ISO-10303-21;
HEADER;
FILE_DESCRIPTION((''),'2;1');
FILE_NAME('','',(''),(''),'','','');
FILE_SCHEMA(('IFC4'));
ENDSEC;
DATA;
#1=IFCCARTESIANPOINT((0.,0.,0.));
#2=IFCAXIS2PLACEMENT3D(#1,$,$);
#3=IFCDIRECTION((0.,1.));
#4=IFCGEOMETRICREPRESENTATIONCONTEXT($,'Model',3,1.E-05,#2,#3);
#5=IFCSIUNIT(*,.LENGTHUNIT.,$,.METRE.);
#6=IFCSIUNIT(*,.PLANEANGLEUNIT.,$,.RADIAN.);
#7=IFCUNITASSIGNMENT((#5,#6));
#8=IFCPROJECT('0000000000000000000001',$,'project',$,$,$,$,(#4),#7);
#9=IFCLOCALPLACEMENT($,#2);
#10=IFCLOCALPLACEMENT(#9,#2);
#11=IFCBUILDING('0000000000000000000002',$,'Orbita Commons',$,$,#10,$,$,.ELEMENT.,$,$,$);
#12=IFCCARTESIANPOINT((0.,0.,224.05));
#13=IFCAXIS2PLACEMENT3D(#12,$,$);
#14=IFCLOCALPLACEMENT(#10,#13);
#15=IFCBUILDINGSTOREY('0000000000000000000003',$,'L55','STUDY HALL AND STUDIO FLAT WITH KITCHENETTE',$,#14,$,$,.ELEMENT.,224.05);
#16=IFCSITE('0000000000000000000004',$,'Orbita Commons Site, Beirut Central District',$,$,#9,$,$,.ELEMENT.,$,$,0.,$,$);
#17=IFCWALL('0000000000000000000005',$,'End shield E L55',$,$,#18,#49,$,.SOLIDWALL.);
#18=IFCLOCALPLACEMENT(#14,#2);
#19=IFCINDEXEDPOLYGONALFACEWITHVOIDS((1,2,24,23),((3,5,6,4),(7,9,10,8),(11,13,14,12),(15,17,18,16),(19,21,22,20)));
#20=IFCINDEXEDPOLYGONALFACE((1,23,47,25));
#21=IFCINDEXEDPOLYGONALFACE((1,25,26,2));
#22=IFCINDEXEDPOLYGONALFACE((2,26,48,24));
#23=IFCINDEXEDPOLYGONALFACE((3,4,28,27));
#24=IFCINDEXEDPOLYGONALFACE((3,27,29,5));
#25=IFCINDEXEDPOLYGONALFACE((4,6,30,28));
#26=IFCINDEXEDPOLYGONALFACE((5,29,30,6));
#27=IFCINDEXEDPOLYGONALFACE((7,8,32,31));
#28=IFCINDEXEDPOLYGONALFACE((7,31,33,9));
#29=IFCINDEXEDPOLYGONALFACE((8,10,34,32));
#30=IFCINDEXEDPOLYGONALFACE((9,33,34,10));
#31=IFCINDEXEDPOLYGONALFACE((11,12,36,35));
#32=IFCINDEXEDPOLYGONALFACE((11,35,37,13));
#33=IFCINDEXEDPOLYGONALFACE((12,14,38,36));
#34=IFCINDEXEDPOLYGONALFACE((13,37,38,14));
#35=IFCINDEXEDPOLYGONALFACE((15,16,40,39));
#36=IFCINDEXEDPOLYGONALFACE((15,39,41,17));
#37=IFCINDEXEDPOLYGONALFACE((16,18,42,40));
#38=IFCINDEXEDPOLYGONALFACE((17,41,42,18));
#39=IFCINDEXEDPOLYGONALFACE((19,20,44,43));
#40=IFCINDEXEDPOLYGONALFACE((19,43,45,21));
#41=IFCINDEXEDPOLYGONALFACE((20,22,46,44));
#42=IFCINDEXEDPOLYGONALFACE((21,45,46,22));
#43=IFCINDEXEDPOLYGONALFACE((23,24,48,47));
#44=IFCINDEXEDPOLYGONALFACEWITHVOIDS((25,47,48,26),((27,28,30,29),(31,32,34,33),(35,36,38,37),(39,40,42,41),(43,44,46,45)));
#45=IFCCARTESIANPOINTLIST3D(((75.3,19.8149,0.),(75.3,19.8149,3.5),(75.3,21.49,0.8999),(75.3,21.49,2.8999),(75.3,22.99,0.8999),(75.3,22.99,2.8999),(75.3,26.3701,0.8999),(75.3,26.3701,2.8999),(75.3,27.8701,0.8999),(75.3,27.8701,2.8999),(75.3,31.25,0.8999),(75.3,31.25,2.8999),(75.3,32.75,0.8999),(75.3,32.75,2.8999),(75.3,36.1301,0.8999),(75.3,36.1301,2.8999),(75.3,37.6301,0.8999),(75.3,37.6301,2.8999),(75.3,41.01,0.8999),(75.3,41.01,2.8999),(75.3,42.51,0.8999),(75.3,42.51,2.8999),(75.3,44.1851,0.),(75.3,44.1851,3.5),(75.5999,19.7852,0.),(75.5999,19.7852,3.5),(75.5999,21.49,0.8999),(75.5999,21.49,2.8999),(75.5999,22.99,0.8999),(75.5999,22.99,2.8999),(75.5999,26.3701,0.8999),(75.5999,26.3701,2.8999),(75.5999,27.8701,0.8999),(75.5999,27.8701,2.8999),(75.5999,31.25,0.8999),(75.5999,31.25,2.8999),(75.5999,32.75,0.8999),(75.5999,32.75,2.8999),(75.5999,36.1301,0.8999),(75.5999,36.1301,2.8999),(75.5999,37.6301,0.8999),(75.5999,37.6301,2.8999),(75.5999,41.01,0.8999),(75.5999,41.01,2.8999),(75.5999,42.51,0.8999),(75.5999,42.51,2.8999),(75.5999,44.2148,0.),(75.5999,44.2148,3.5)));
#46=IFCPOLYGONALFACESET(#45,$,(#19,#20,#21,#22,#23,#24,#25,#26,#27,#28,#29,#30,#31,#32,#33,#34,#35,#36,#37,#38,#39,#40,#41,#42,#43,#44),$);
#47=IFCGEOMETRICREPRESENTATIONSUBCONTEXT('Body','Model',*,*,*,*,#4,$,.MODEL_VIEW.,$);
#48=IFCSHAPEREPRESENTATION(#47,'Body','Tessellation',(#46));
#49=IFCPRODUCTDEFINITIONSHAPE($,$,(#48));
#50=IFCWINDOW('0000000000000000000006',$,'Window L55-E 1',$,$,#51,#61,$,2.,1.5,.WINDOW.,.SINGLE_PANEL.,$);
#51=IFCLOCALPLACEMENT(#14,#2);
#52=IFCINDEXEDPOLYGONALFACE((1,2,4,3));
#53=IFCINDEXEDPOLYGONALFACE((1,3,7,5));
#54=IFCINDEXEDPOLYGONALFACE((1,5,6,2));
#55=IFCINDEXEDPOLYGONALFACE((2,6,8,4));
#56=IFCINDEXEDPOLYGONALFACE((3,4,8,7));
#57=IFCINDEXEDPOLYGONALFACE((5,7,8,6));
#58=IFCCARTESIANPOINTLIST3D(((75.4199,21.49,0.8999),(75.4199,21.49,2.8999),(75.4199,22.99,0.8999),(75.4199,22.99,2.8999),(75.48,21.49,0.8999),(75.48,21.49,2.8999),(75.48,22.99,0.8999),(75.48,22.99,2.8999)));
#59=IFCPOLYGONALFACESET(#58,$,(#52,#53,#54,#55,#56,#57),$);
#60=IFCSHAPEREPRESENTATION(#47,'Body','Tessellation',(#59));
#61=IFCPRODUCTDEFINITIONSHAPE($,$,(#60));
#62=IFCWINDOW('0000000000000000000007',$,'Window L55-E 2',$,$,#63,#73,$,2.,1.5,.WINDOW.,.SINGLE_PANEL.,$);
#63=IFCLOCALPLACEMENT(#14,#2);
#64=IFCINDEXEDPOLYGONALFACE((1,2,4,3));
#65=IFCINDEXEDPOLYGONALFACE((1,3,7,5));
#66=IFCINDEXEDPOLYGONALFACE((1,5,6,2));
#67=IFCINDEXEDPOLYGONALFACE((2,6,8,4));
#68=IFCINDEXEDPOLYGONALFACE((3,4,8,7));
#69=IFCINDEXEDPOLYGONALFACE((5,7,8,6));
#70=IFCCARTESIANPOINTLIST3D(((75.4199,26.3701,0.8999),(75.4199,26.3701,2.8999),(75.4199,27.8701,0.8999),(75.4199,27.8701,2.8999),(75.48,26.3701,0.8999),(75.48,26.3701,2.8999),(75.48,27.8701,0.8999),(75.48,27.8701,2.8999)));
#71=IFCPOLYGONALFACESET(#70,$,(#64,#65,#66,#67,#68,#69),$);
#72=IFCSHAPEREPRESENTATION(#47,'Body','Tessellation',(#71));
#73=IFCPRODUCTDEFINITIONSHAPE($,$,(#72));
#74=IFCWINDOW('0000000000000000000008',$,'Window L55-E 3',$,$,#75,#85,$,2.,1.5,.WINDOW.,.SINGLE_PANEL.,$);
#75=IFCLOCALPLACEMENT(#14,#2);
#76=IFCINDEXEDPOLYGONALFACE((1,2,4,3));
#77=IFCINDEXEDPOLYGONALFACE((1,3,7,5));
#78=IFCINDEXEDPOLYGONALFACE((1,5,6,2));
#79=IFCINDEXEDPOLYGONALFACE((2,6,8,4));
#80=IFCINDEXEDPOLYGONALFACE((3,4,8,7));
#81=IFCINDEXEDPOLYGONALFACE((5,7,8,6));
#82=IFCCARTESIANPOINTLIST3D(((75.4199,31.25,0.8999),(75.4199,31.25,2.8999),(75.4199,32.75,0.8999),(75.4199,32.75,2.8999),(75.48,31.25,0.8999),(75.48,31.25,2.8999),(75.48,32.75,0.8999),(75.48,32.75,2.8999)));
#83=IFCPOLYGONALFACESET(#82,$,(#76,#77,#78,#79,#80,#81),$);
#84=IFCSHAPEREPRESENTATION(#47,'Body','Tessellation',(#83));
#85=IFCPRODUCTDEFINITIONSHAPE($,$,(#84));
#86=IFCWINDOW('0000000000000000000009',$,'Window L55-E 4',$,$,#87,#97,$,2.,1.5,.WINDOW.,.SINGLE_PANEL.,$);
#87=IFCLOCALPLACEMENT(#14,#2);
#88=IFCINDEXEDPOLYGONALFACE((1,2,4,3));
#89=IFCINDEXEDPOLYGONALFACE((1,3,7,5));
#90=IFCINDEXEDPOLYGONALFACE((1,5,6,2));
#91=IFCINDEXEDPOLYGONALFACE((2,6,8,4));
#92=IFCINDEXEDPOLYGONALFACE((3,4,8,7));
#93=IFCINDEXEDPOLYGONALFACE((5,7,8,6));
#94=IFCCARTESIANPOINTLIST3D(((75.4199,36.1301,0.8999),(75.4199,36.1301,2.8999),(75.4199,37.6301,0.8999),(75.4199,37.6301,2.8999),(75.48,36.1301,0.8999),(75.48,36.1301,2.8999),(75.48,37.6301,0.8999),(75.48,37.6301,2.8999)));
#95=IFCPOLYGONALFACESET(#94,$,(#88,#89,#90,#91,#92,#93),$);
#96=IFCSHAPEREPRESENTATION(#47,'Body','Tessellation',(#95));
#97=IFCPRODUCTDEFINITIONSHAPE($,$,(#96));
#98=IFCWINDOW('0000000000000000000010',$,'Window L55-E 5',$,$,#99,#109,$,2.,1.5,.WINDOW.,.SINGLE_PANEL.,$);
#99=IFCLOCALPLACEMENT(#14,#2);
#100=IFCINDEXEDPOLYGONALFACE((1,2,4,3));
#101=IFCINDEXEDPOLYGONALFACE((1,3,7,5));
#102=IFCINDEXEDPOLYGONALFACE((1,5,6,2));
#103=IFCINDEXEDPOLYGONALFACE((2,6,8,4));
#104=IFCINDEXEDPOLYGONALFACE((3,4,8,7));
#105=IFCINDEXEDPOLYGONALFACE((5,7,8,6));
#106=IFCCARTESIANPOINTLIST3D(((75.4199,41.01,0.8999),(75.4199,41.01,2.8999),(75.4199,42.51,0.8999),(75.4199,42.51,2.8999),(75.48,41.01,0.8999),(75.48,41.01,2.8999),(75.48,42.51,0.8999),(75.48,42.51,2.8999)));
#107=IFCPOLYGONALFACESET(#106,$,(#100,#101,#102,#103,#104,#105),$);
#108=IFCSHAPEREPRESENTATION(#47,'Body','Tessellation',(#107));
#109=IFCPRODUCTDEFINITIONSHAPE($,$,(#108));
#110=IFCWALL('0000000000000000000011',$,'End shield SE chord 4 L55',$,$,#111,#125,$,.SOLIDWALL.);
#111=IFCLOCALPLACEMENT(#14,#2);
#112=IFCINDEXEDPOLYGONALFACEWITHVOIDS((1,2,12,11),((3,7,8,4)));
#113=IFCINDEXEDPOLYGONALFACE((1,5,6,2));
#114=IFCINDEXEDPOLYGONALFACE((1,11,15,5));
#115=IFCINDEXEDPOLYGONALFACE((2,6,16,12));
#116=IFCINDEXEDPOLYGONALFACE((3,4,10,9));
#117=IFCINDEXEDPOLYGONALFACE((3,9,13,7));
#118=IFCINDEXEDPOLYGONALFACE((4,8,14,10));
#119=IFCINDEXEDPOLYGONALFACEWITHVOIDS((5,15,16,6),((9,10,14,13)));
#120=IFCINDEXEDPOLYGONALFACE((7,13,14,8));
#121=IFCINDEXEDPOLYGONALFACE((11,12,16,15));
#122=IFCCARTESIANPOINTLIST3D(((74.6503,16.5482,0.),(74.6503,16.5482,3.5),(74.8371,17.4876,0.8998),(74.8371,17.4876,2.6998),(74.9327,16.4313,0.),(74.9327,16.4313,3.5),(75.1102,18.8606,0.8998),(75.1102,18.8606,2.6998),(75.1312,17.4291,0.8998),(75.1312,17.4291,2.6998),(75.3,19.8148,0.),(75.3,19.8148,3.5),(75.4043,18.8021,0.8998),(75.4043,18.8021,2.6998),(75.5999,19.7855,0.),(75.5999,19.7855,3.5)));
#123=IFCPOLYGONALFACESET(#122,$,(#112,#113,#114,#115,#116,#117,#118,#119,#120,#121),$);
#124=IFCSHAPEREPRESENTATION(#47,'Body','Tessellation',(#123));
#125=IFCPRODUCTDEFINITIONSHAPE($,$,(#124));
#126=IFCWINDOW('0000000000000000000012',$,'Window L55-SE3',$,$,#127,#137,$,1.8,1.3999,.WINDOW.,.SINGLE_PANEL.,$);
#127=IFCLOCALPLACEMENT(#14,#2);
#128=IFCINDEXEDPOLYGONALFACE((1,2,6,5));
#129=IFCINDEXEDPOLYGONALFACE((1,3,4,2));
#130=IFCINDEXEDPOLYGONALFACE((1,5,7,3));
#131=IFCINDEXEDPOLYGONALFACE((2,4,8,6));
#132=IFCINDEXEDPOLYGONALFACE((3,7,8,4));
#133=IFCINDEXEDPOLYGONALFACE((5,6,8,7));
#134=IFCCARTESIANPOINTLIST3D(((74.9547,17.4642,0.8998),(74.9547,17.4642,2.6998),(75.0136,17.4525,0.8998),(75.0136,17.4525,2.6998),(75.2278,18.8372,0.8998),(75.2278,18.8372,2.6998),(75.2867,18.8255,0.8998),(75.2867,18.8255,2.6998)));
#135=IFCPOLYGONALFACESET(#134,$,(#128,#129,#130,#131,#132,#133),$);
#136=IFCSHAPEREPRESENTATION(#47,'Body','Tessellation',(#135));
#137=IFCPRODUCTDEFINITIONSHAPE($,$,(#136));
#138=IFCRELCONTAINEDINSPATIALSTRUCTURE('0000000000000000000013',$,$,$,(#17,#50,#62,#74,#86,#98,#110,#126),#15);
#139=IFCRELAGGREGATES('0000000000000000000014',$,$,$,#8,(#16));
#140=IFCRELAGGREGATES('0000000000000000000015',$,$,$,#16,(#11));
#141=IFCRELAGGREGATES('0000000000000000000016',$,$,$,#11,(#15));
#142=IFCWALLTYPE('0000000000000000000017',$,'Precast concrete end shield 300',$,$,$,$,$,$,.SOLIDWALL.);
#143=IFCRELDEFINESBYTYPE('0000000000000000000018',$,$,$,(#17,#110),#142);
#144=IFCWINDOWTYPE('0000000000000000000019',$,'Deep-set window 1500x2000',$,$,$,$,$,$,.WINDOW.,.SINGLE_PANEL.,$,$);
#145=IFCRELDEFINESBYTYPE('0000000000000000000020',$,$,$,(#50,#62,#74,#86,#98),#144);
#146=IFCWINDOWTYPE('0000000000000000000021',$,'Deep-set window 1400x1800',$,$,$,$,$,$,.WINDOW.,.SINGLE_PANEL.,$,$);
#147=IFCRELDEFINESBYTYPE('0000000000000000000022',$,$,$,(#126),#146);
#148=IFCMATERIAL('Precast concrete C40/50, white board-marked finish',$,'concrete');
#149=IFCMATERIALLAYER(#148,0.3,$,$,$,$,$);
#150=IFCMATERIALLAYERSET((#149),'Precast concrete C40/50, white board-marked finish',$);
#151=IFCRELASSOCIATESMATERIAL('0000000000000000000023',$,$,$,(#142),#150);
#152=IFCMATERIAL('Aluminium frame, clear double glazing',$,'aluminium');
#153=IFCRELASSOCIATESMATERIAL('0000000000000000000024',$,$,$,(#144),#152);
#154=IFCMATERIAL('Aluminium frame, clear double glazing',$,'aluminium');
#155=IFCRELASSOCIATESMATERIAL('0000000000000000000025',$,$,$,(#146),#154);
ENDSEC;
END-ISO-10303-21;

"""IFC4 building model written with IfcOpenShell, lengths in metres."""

from ifc_helpers import new_model, si_unit, direction, frame, frame_2d, origin, place, context, subcontext, project, spatial, polyline, rectangle, outline, extrude, material, layer, layer_set, type_object, element, fill, save


model = new_model("IFC4")

# Units and contexts
model_context = context("Model", 3, precision=1e-05, world=origin(), true_north=direction((0.0, 1.0)))
body_context = subcontext(model_context, "Body", "Model", "MODEL_VIEW")
ifc_project = project(units=[si_unit("LENGTHUNIT", "METRE"), si_unit("PLANEANGLEUNIT", "RADIAN")], contexts=[model_context])

# Site, building, storey
site_placement = place(None, origin())
site = spatial("IfcSite", under=ifc_project, at=site_placement, Name="Orbita Commons Site, Beirut Central District", CompositionType="ELEMENT", RefElevation=0.0)
building_placement = place(site_placement, origin())
building = spatial("IfcBuilding", under=site, at=building_placement, Name="Orbita Commons", CompositionType="ELEMENT")
storey_placement = place(building_placement, frame((0.0, 0.0, 224.05)))
storey = spatial("IfcBuildingStorey", under=building, at=storey_placement, Name="L55", Description="STUDY HALL AND STUDIO FLAT WITH KITCHENETTE", CompositionType="ELEMENT", Elevation=224.05)

# Wall, openings, windows
ifc_material_1 = material(Name="Precast concrete C40/50, white board-marked finish", Category="concrete")
ifc_layer_1 = layer(ifc_material_1, 0.3)
ifc_layer_set_1 = layer_set([ifc_layer_1], Name="Precast concrete C40/50, white board-marked finish")
wall_type_1 = type_object("IfcWallType", Name="Precast concrete end shield 300", PredefinedType="SOLIDWALL", material=ifc_layer_set_1)
wall_1_placement = place(storey_placement, frame((75.45, 19.8, 0.0), z_axis=(0.0, 0.0, 1.0), x_axis=(0.0, 1.0, 0.0)))
wall_1 = element("IfcWall", 1, at=wall_1_placement, inside=storey, type_object=wall_type_1, Name="End shield E L55", PredefinedType="SOLIDWALL", context=body_context, shape_type="SweptSolid", body=[
    extrude(outline(polyline([(-0.0149, -0.1499), (24.4148, -0.1499), (24.385, 0.1499), (0.0149, 0.1499), (-0.0149, -0.1499)])), origin(), (0.0, 0.0, 1.0), 3.5),
])
opening_1_placement = place(wall_1_placement, frame((1.6899, 0.0, 0.8999)))
opening_1 = element("IfcOpeningElement", 2, at=opening_1_placement, cuts=wall_1, PredefinedType="OPENING", context=body_context, shape_type="SweptSolid", body=[
    extrude(rectangle(XDim=1.5, YDim=2.0, at=frame_2d((0.75, 1.0))), frame((0.0, 0.1599, 0.0), z_axis=(0.0, -1.0, 0.0), x_axis=(1.0, 0.0, 0.0)), (0.0, 0.0, 1.0), 0.3201),
])
opening_2_placement = place(wall_1_placement, frame((6.5701, 0.0, 0.8999)))
opening_2 = element("IfcOpeningElement", 3, at=opening_2_placement, cuts=wall_1, PredefinedType="OPENING", context=body_context, shape_type="SweptSolid", body=[
    extrude(rectangle(XDim=1.5, YDim=2.0, at=frame_2d((0.75, 1.0))), frame((0.0, 0.1599, 0.0), z_axis=(0.0, -1.0, 0.0), x_axis=(1.0, 0.0, 0.0)), (0.0, 0.0, 1.0), 0.3201),
])
opening_3_placement = place(wall_1_placement, frame((11.45, 0.0, 0.8999)))
opening_3 = element("IfcOpeningElement", 4, at=opening_3_placement, cuts=wall_1, PredefinedType="OPENING", context=body_context, shape_type="SweptSolid", body=[
    extrude(rectangle(XDim=1.5, YDim=2.0, at=frame_2d((0.75, 1.0))), frame((0.0, 0.1599, 0.0), z_axis=(0.0, -1.0, 0.0), x_axis=(1.0, 0.0, 0.0)), (0.0, 0.0, 1.0), 0.3201),
])
opening_4_placement = place(wall_1_placement, frame((16.3301, 0.0, 0.8999)))
opening_4 = element("IfcOpeningElement", 5, at=opening_4_placement, cuts=wall_1, PredefinedType="OPENING", context=body_context, shape_type="SweptSolid", body=[
    extrude(rectangle(XDim=1.5, YDim=2.0, at=frame_2d((0.75, 1.0))), frame((0.0, 0.1599, 0.0), z_axis=(0.0, -1.0, 0.0), x_axis=(1.0, 0.0, 0.0)), (0.0, 0.0, 1.0), 0.3201),
])
opening_5_placement = place(wall_1_placement, frame((21.21, 0.0, 0.8999)))
opening_5 = element("IfcOpeningElement", 6, at=opening_5_placement, cuts=wall_1, PredefinedType="OPENING", context=body_context, shape_type="SweptSolid", body=[
    extrude(rectangle(XDim=1.5, YDim=2.0, at=frame_2d((0.75, 1.0))), frame((0.0, 0.1599, 0.0), z_axis=(0.0, -1.0, 0.0), x_axis=(1.0, 0.0, 0.0)), (0.0, 0.0, 1.0), 0.3201),
])
ifc_material_2 = material(Name="Aluminium frame, clear double glazing", Category="aluminium")
window_type_1 = type_object("IfcWindowType", Name="Deep-set window 1500x2000", PartitioningType="SINGLE_PANEL", PredefinedType="WINDOW", material=ifc_material_2)
window_1_placement = place(opening_1_placement, origin())
window_1 = element("IfcWindow", 7, at=window_1_placement, inside=storey, type_object=window_type_1, Name="Window L55-E 1", OverallHeight=2.0, OverallWidth=1.5, PartitioningType="SINGLE_PANEL", PredefinedType="WINDOW", context=body_context, shape_type="SweptSolid", body=[
    extrude(rectangle(XDim=1.5, YDim=2.0, at=frame_2d((0.75, 1.0))), frame((0.0, 0.03, 0.0), z_axis=(0.0, -1.0, 0.0), x_axis=(1.0, 0.0, 0.0)), (0.0, 0.0, 1.0), 0.0601),
])
fill(opening_1, window_1)
window_2_placement = place(opening_2_placement, origin())
window_2 = element("IfcWindow", 8, at=window_2_placement, inside=storey, type_object=window_type_1, Name="Window L55-E 2", OverallHeight=2.0, OverallWidth=1.5, PartitioningType="SINGLE_PANEL", PredefinedType="WINDOW", context=body_context, shape_type="SweptSolid", body=[
    extrude(rectangle(XDim=1.5, YDim=2.0, at=frame_2d((0.75, 1.0))), frame((0.0, 0.03, 0.0), z_axis=(0.0, -1.0, 0.0), x_axis=(1.0, 0.0, 0.0)), (0.0, 0.0, 1.0), 0.0601),
])
fill(opening_2, window_2)
window_3_placement = place(opening_3_placement, origin())
window_3 = element("IfcWindow", 9, at=window_3_placement, inside=storey, type_object=window_type_1, Name="Window L55-E 3", OverallHeight=2.0, OverallWidth=1.5, PartitioningType="SINGLE_PANEL", PredefinedType="WINDOW", context=body_context, shape_type="SweptSolid", body=[
    extrude(rectangle(XDim=1.5, YDim=2.0, at=frame_2d((0.75, 1.0))), frame((0.0, 0.03, 0.0), z_axis=(0.0, -1.0, 0.0), x_axis=(1.0, 0.0, 0.0)), (0.0, 0.0, 1.0), 0.0601),
])
fill(opening_3, window_3)
window_4_placement = place(opening_4_placement, origin())
window_4 = element("IfcWindow", 10, at=window_4_placement, inside=storey, type_object=window_type_1, Name="Window L55-E 4", OverallHeight=2.0, OverallWidth=1.5, PartitioningType="SINGLE_PANEL", PredefinedType="WINDOW", context=body_context, shape_type="SweptSolid", body=[
    extrude(rectangle(XDim=1.5, YDim=2.0, at=frame_2d((0.75, 1.0))), frame((0.0, 0.03, 0.0), z_axis=(0.0, -1.0, 0.0), x_axis=(1.0, 0.0, 0.0)), (0.0, 0.0, 1.0), 0.0601),
])
fill(opening_4, window_4)
window_5_placement = place(opening_5_placement, origin())
window_5 = element("IfcWindow", 11, at=window_5_placement, inside=storey, type_object=window_type_1, Name="Window L55-E 5", OverallHeight=2.0, OverallWidth=1.5, PartitioningType="SINGLE_PANEL", PredefinedType="WINDOW", context=body_context, shape_type="SweptSolid", body=[
    extrude(rectangle(XDim=1.5, YDim=2.0, at=frame_2d((0.75, 1.0))), frame((0.0, 0.03, 0.0), z_axis=(0.0, -1.0, 0.0), x_axis=(1.0, 0.0, 0.0)), (0.0, 0.0, 1.0), 0.0601),
])
fill(opening_5, window_5)

# Wall, opening, window
wall_2_placement = place(storey_placement, frame((74.7915, 16.4897, 0.0), z_axis=(0.0, 0.0, 1.0), x_axis=(0.195087, 0.980786, 0.0)))
wall_2 = element("IfcWall", 12, at=wall_2_placement, inside=storey, type_object=wall_type_1, Name="End shield SE chord 4 L55", PredefinedType="SOLIDWALL", context=body_context, shape_type="SweptSolid", body=[
    extrude(outline(polyline([(-0.0298, -0.1499), (3.3901, -0.1499), (3.3604, 0.1499), (0.0298, 0.1499), (-0.0298, -0.1499)])), origin(), (0.0, 0.0, 1.0), 3.5),
])
opening_6_placement = place(wall_2_placement, frame((0.9875, 0.0, 0.8999)))
opening_6 = element("IfcOpeningElement", 13, at=opening_6_placement, cuts=wall_2, PredefinedType="OPENING", context=body_context, shape_type="SweptSolid", body=[
    extrude(rectangle(XDim=1.3999, YDim=1.8, at=frame_2d((0.7, 0.8999))), frame((0.0, 0.1599, 0.0), z_axis=(0.0, -1.0, 0.0), x_axis=(1.0, 0.0, 0.0)), (0.0, 0.0, 1.0), 0.3201),
])
ifc_material_3 = material(Name="Aluminium frame, clear double glazing", Category="aluminium")
window_type_2 = type_object("IfcWindowType", Name="Deep-set window 1400x1800", PartitioningType="SINGLE_PANEL", PredefinedType="WINDOW", material=ifc_material_3)
window_6_placement = place(opening_6_placement, origin())
window_6 = element("IfcWindow", 14, at=window_6_placement, inside=storey, type_object=window_type_2, Name="Window L55-SE3", OverallHeight=1.8, OverallWidth=1.3999, PartitioningType="SINGLE_PANEL", PredefinedType="WINDOW", context=body_context, shape_type="SweptSolid", body=[
    extrude(rectangle(XDim=1.3999, YDim=1.8, at=frame_2d((0.7, 0.8999))), frame((0.0, 0.03, 0.0), z_axis=(0.0, -1.0, 0.0), x_axis=(1.0, 0.0, 0.0)), (0.0, 0.0, 1.0), 0.0601),
])
fill(opening_6, window_6)

save(model, "model.ifc")
